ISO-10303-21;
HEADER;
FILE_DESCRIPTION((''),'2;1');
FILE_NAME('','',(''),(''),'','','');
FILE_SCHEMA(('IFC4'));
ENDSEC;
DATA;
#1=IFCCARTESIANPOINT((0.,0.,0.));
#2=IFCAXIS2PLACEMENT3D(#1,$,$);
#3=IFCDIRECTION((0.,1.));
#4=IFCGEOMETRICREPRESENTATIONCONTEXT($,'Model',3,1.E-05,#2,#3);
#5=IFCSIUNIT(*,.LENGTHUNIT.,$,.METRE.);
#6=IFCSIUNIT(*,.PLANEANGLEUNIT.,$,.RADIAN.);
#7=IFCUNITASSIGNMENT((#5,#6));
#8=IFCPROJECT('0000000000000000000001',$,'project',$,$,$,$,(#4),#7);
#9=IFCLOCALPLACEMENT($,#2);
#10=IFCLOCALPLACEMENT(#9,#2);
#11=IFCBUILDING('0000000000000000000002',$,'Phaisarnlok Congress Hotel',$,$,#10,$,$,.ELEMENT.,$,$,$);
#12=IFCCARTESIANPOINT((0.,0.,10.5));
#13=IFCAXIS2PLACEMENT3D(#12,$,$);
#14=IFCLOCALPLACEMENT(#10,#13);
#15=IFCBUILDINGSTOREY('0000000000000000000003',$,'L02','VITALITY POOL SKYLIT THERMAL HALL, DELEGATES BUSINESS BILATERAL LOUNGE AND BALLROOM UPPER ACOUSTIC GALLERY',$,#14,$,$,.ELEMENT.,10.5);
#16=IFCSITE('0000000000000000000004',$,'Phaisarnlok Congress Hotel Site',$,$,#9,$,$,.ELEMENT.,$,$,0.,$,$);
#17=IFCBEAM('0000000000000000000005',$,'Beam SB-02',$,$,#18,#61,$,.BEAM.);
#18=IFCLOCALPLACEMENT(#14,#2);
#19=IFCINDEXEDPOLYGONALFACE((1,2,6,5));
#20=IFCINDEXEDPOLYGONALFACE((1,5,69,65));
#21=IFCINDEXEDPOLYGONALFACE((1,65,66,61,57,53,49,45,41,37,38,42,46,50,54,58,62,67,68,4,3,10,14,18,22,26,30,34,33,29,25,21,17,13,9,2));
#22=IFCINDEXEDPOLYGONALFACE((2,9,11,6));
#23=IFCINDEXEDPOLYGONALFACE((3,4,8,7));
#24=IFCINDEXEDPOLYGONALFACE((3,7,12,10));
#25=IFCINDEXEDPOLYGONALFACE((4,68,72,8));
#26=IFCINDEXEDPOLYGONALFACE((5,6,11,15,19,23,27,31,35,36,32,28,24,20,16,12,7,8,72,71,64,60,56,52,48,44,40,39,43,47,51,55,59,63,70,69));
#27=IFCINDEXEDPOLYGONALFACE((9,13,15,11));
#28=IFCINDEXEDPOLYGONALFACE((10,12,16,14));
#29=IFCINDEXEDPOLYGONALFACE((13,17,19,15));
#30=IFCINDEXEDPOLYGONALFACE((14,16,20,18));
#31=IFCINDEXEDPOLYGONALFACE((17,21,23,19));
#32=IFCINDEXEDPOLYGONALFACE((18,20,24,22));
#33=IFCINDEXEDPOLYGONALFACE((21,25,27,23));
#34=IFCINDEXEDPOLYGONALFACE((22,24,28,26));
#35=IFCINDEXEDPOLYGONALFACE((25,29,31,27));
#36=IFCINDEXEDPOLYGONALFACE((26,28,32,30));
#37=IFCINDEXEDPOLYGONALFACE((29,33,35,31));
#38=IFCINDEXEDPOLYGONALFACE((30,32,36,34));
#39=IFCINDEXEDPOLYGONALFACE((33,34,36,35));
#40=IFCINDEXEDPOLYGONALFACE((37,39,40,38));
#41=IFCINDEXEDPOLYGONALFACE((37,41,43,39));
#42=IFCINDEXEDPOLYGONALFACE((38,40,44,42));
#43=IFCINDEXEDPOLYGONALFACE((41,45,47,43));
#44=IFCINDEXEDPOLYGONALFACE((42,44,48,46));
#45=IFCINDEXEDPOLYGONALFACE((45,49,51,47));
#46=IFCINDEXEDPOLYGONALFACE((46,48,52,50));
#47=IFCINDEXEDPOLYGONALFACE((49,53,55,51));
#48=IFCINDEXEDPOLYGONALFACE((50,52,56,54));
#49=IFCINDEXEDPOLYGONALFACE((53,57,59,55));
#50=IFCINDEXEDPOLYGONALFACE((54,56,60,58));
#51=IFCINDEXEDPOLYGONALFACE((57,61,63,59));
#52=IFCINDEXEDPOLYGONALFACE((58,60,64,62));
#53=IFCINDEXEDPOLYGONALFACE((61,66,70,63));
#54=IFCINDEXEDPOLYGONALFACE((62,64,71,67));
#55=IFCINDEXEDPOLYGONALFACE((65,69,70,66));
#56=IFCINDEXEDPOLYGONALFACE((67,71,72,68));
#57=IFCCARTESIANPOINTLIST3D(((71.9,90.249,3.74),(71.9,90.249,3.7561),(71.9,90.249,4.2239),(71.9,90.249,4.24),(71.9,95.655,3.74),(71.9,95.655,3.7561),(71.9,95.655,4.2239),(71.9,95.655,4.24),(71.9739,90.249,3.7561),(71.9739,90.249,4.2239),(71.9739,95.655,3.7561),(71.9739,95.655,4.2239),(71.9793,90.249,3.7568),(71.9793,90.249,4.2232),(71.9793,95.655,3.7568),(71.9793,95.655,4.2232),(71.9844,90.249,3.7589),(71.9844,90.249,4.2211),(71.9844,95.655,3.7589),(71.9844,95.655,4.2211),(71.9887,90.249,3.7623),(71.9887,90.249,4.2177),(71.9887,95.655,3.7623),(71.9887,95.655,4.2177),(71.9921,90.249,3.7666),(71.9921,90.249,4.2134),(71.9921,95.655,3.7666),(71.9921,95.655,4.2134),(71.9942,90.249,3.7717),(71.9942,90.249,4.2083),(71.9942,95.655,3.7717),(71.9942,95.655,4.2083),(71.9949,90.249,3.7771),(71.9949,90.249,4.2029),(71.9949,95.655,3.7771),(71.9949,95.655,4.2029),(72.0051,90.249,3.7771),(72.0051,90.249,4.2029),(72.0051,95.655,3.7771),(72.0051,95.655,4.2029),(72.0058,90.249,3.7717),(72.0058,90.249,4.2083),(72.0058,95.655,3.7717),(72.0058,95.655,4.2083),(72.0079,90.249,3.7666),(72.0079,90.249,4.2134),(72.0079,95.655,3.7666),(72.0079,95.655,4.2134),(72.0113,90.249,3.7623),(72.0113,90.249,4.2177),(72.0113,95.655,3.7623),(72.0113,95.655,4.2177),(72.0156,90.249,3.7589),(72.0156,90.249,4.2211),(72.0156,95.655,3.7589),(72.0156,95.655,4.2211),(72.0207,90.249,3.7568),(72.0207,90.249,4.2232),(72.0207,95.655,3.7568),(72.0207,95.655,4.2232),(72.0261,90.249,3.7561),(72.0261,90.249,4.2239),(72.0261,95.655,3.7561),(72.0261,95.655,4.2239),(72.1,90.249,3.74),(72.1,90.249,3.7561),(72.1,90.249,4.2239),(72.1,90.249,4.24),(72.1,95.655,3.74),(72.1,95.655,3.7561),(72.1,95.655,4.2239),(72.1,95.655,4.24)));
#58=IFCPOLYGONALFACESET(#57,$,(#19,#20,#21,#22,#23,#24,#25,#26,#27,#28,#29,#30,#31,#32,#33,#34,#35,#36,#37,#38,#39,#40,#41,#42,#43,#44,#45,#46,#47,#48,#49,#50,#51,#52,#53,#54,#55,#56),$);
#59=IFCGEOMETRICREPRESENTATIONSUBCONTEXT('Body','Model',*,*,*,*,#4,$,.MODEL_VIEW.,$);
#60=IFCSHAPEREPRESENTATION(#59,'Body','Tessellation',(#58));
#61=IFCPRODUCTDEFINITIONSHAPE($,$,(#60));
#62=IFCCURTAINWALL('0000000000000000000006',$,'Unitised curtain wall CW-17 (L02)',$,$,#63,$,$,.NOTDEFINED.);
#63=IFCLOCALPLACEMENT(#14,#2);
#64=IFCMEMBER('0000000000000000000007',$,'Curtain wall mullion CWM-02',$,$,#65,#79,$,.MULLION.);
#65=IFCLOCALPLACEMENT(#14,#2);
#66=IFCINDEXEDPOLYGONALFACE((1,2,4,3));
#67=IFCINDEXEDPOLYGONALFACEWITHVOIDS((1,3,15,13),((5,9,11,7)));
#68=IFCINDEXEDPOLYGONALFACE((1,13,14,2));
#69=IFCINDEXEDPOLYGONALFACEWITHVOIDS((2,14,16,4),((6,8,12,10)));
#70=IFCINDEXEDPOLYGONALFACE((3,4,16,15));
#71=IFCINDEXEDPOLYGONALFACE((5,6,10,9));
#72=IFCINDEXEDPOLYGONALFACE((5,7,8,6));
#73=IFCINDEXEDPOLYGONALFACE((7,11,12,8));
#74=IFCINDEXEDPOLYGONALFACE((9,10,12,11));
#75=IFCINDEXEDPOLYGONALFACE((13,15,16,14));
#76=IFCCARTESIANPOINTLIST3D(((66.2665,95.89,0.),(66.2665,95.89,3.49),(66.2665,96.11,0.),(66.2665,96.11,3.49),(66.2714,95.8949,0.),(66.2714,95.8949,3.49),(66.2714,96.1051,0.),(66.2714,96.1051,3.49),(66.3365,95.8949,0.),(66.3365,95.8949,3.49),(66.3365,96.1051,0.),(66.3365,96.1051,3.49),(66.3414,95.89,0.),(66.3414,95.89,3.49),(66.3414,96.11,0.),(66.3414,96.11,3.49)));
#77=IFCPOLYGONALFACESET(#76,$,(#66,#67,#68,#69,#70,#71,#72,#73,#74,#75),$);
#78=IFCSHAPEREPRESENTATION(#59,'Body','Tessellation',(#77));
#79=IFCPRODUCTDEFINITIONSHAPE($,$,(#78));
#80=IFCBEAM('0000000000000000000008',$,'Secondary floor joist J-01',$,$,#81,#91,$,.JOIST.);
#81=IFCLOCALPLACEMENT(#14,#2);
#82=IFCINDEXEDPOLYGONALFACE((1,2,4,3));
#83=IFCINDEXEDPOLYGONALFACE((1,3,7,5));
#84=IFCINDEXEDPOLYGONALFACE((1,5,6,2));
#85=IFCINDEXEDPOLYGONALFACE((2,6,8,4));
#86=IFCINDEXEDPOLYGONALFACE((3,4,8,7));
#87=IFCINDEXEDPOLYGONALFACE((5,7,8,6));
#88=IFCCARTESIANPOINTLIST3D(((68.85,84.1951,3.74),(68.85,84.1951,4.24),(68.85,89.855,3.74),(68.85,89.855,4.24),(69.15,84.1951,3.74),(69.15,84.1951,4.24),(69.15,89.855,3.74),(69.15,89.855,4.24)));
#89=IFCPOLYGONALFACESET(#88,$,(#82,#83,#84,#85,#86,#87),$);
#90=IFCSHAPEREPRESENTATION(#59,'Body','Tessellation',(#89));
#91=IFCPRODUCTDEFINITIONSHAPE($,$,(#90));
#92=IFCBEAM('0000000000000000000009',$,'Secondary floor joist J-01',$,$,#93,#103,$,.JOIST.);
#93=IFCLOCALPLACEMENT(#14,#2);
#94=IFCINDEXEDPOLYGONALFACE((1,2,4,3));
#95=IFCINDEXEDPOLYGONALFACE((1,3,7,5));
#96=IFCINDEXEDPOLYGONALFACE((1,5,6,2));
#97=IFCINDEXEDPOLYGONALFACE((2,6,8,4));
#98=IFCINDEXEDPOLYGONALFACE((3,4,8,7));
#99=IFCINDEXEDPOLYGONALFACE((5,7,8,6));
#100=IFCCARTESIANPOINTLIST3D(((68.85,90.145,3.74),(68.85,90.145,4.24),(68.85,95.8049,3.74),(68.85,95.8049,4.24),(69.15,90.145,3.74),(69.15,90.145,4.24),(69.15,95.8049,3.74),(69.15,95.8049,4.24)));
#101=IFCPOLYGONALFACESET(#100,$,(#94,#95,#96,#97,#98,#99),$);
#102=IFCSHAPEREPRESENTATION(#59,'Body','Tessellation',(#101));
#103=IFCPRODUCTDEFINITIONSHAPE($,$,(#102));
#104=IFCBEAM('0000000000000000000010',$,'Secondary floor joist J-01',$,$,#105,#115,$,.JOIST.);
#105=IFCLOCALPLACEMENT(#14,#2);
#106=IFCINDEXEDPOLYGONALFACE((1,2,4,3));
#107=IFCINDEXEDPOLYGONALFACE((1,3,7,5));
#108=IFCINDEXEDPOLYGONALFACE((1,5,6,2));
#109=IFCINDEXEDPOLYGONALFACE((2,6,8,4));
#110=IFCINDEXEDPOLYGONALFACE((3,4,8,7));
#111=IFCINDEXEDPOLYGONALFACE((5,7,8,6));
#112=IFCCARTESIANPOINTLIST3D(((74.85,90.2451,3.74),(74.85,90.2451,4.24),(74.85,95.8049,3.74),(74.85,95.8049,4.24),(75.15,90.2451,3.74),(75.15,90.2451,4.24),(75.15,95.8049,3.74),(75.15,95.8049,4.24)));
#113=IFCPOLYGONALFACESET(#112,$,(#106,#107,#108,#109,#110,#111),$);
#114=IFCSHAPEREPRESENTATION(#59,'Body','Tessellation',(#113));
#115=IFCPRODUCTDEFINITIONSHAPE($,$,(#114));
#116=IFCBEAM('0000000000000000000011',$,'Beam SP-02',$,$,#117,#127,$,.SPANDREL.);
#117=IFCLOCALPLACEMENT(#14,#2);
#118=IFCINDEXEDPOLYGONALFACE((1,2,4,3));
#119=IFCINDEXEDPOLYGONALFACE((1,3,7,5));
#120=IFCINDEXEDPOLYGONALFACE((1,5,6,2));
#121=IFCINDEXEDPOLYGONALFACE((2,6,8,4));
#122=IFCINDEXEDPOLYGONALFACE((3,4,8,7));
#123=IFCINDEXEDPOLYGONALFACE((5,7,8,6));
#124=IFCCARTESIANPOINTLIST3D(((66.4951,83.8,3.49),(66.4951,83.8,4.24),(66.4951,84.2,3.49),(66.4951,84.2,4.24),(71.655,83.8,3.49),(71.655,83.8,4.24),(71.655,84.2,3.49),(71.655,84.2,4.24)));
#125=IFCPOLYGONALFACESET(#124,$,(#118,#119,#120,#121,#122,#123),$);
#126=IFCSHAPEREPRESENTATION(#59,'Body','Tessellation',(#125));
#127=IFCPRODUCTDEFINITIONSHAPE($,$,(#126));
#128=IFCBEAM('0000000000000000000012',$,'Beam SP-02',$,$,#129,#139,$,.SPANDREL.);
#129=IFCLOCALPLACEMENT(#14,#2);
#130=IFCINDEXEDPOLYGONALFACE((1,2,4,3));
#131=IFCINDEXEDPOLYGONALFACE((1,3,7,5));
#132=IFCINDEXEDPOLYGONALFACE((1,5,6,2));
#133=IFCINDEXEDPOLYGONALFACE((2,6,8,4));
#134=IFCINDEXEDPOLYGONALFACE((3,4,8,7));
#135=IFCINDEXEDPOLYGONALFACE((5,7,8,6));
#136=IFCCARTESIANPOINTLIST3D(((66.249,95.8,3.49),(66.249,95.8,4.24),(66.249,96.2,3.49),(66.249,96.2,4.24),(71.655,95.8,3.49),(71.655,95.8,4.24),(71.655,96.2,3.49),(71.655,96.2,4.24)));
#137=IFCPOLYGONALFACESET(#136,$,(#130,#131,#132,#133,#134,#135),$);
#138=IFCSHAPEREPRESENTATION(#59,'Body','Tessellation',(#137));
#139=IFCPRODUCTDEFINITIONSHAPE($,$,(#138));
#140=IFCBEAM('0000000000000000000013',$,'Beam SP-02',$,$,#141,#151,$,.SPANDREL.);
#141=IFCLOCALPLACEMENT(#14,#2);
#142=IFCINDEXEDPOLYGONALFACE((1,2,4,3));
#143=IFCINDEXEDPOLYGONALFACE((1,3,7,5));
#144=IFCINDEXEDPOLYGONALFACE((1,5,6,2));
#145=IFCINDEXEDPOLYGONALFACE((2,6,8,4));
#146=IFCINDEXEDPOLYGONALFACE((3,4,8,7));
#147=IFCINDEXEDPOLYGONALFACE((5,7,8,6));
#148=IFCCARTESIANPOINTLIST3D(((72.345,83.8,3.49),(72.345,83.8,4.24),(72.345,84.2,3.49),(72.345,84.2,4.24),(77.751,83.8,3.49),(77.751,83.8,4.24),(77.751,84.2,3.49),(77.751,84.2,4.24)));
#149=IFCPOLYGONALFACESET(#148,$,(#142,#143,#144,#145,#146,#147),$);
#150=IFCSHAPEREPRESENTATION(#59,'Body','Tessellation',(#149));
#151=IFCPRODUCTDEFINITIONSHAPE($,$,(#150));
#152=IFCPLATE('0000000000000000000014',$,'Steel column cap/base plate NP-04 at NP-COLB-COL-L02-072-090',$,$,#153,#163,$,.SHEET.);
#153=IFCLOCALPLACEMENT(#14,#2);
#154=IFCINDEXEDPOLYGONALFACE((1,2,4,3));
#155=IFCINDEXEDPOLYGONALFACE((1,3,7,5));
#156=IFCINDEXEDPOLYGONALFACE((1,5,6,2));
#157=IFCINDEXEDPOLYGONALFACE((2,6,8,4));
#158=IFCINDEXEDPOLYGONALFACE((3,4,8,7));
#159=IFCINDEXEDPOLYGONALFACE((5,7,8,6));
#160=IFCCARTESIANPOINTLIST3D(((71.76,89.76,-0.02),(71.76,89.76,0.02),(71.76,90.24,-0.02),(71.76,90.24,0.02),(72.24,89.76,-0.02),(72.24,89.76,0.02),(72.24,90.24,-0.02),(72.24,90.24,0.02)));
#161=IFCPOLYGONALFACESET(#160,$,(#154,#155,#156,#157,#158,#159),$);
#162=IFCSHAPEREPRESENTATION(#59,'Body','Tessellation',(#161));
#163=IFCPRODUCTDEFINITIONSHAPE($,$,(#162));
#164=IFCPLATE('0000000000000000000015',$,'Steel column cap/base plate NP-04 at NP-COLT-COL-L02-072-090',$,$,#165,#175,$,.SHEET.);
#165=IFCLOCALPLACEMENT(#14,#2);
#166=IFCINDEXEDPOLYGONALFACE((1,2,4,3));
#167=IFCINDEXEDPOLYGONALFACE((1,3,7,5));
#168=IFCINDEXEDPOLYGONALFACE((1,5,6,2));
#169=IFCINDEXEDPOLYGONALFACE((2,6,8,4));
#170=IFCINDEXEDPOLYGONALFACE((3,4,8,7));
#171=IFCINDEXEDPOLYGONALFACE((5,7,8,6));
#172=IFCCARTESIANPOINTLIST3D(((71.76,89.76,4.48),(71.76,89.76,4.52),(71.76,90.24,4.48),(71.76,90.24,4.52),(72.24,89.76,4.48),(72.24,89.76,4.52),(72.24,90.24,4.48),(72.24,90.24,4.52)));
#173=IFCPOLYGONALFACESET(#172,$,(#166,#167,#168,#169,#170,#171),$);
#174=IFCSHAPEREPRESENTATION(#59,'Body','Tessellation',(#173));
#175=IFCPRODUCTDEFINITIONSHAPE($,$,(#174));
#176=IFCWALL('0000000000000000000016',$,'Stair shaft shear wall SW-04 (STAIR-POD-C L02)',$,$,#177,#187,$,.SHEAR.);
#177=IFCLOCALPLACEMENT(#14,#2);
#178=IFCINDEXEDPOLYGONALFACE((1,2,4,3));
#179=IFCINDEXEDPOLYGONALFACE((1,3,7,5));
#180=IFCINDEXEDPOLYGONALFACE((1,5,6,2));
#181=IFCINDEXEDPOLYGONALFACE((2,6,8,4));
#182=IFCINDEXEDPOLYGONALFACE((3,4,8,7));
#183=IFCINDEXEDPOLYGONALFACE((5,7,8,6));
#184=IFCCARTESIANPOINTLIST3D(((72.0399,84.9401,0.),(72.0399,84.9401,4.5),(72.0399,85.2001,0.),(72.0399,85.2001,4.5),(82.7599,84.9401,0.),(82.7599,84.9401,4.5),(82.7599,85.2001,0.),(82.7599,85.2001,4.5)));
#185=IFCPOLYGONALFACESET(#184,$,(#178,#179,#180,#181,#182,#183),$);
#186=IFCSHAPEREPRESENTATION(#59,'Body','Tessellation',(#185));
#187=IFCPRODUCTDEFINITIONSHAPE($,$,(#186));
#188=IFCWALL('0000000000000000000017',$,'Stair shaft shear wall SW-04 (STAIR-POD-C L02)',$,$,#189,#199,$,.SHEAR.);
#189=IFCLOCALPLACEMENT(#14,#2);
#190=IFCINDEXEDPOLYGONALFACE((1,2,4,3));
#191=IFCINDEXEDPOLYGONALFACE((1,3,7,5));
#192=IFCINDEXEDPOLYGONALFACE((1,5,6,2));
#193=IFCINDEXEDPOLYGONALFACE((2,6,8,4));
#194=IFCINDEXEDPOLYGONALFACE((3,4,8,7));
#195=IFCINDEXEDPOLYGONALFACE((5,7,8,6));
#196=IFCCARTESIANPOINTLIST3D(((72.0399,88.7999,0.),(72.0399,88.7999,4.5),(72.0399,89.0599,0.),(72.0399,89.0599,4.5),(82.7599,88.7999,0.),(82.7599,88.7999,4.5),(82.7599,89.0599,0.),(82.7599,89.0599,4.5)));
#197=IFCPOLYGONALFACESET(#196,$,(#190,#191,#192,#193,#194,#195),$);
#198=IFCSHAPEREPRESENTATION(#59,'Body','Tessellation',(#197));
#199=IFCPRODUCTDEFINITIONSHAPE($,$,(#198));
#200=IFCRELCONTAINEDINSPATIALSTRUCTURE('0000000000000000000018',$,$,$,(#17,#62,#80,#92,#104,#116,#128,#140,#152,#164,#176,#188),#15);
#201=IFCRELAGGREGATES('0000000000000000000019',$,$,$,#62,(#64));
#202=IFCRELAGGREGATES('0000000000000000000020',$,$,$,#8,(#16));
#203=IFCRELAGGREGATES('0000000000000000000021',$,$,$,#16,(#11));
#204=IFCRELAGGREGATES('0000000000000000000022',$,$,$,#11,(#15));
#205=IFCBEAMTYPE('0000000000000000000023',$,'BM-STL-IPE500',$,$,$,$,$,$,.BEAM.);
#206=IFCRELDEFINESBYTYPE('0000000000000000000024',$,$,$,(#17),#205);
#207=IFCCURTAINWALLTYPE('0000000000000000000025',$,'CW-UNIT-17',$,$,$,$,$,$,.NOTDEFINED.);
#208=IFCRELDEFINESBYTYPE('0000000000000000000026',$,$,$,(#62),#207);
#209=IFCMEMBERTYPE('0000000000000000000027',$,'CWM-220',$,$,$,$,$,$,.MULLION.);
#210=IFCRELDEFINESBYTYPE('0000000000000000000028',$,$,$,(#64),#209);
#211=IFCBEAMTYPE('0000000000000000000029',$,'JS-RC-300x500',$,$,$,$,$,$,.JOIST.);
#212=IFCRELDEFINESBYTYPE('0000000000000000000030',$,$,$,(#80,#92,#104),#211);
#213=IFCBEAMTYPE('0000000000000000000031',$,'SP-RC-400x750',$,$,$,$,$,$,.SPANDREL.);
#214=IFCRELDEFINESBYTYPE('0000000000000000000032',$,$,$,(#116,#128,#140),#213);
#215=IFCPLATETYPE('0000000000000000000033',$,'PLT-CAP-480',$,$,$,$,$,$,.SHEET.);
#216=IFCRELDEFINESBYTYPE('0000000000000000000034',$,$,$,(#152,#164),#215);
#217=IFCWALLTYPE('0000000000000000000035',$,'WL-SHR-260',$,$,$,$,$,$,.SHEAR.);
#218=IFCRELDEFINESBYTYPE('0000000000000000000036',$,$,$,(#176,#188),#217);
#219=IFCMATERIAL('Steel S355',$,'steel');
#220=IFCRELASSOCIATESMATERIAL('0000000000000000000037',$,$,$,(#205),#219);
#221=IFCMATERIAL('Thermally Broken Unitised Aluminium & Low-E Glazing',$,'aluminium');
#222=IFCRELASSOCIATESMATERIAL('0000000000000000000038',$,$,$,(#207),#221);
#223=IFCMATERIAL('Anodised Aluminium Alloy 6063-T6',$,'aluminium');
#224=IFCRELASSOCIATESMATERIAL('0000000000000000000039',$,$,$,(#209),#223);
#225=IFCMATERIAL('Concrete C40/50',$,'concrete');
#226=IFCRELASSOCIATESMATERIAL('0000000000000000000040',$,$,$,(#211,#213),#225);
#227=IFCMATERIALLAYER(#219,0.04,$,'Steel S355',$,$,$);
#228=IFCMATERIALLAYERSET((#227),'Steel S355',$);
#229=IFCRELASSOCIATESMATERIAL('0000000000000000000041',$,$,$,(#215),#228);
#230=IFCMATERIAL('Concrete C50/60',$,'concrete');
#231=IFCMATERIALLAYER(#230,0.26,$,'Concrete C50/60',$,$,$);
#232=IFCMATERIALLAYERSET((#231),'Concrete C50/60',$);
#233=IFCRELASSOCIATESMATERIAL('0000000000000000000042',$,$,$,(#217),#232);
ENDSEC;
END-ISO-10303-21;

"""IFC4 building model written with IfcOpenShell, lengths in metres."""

from ifc_helpers import new_model, si_unit, direction, frame, frame_2d, origin, origin_2d, place, context, subcontext, project, spatial, rectangle, hollow_rectangle, i_section, extrude, material, layer, layer_set, material_profile, profile_set, type_object, element, aggregate, save


model = new_model("IFC4")

# Units and contexts
model_context = context("Model", 3, precision=1e-05, world=origin(), true_north=direction((0.0, 1.0)))
body_context = subcontext(model_context, "Body", "Model", "MODEL_VIEW")
ifc_project = project(units=[si_unit("LENGTHUNIT", "METRE"), si_unit("PLANEANGLEUNIT", "RADIAN")], contexts=[model_context])

# Site, building, storey
site_placement = place(None, origin())
site = spatial("IfcSite", under=ifc_project, at=site_placement, Name="Phaisarnlok Congress Hotel Site", CompositionType="ELEMENT", RefElevation=0.0)
building_placement = place(site_placement, origin())
building = spatial("IfcBuilding", under=site, at=building_placement, Name="Phaisarnlok Congress Hotel", CompositionType="ELEMENT")
storey_placement = place(building_placement, frame((0.0, 0.0, 10.5)))
storey = spatial("IfcBuildingStorey", under=building, at=storey_placement, Name="L02", Description="VITALITY POOL SKYLIT THERMAL HALL, DELEGATES BUSINESS BILATERAL LOUNGE AND BALLROOM UPPER ACOUSTIC GALLERY", CompositionType="ELEMENT", Elevation=10.5)

# Shared definitions
ifc_material_1 = material(Name="Concrete C50/60", Category="concrete")
ifc_material_2 = material(Name="Steel S355", Category="steel")

# Beam
ifc_material_3 = material(Name="Concrete C40/50", Category="concrete")
ifc_material_profile_1 = material_profile(ifc_material_2, i_section(OverallWidth=0.2, OverallDepth=0.5, WebThickness=0.0103, FlangeThickness=0.0161, FilletRadius=0.021, at=origin_2d()), Name="IPE 500")
ifc_profile_set_1 = profile_set([ifc_material_profile_1], Name="Steel S355")
beam_type_1 = type_object("IfcBeamType", Name="BM-STL-IPE500", PredefinedType="BEAM", material=ifc_profile_set_1)
beam_1_placement = place(storey_placement, frame((72.0, 90.249, 3.99), z_axis=(0.0, 1.0, 0.0), x_axis=(-1.0, 0.0, 0.0)))
element("IfcBeam", 1, at=beam_1_placement, inside=storey, type_object=beam_type_1, Name="Beam SB-02", PredefinedType="BEAM", context=body_context, shape_type="SweptSolid", body=[
    extrude(i_section(OverallWidth=0.2, OverallDepth=0.5, WebThickness=0.0103, FlangeThickness=0.0161, FilletRadius=0.021, at=origin_2d()), origin(), (0.0, 0.0, 1.0), 5.406),
])

# Curtain wall, member
ifc_material_4 = material(Name="Thermally Broken Unitised Aluminium & Low-E Glazing", Category="aluminium")
curtain_wall_type = type_object("IfcCurtainWallType", Name="CW-UNIT-17", PredefinedType="NOTDEFINED", material=ifc_material_4)
curtain_wall_placement = place(storey_placement, origin())
curtain_wall = element("IfcCurtainWall", 2, at=curtain_wall_placement, inside=storey, type_object=curtain_wall_type, Name="Unitised curtain wall CW-17 (L02)", PredefinedType="NOTDEFINED")
ifc_material_5 = material(Name="Anodised Aluminium Alloy 6063-T6", Category="aluminium")
ifc_material_profile_2 = material_profile(ifc_material_5, hollow_rectangle(XDim=0.075, YDim=0.22, WallThickness=0.0049, at=origin_2d()), Name="ALU-M 75x220x5")
ifc_profile_set_2 = profile_set([ifc_material_profile_2], Name="Anodised Aluminium Alloy 6063-T6")
member_type = type_object("IfcMemberType", Name="CWM-220", PredefinedType="MULLION", material=ifc_profile_set_2)
member_placement = place(storey_placement, frame((66.304, 96.0, 0.0), z_axis=(0.0, 0.0, 1.0), x_axis=(-1.0, 0.0, 0.0)))
member = element("IfcMember", 3, at=member_placement, type_object=member_type, Name="Curtain wall mullion CWM-02", PredefinedType="MULLION", context=body_context, shape_type="SweptSolid", body=[
    extrude(hollow_rectangle(XDim=0.075, YDim=0.22, WallThickness=0.0049, at=origin_2d()), origin(), (0.0, 0.0, 1.0), 3.49),
])
aggregate(curtain_wall, [member])

# Beams
ifc_material_profile_3 = material_profile(ifc_material_3, rectangle(XDim=0.3, YDim=0.5, at=origin_2d()), Name="RC 300x500")
ifc_profile_set_3 = profile_set([ifc_material_profile_3], Name="Concrete C40/50")
beam_type_2 = type_object("IfcBeamType", Name="JS-RC-300x500", PredefinedType="JOIST", material=ifc_profile_set_3)
for number, where, z_axis, x_axis, name in (
    (4, (69.0, 84.1951, 3.99), (0.0, 1.0, 0.0), (-1.0, 0.0, 0.0), "Secondary floor joist J-01"),
    (5, (69.0, 90.145, 3.99), (0.0, 1.0, 0.0), (-1.0, 0.0, 0.0), "Secondary floor joist J-01"),
):
    element("IfcBeam", number, at=place(storey_placement, frame(where, z_axis=z_axis, x_axis=x_axis)), inside=storey, type_object=beam_type_2, Name=name, PredefinedType="JOIST", context=body_context, shape_type="SweptSolid", body=[
        extrude(rectangle(XDim=0.3, YDim=0.5, at=origin_2d()), origin(), (0.0, 0.0, 1.0), 5.6599),
    ])
beam_2_placement = place(storey_placement, frame((75.0, 90.2451, 3.99), z_axis=(0.0, 1.0, 0.0), x_axis=(-1.0, 0.0, 0.0)))
element("IfcBeam", 6, at=beam_2_placement, inside=storey, type_object=beam_type_2, Name="Secondary floor joist J-01", PredefinedType="JOIST", context=body_context, shape_type="SweptSolid", body=[
    extrude(rectangle(XDim=0.3, YDim=0.5, at=origin_2d()), origin(), (0.0, 0.0, 1.0), 5.5598),
])
ifc_material_profile_4 = material_profile(ifc_material_3, rectangle(XDim=0.3999, YDim=0.75, at=origin_2d()), Name="RC 400x750")
ifc_profile_set_4 = profile_set([ifc_material_profile_4], Name="Concrete C40/50")
beam_type_3 = type_object("IfcBeamType", Name="SP-RC-400x750", PredefinedType="SPANDREL", material=ifc_profile_set_4)
beam_3_placement = place(storey_placement, frame((66.4951, 84.0, 3.865), z_axis=(1.0, 0.0, 0.0), x_axis=(0.0, 1.0, 0.0)))
element("IfcBeam", 7, at=beam_3_placement, inside=storey, type_object=beam_type_3, Name="Beam SP-02", PredefinedType="SPANDREL", context=body_context, shape_type="SweptSolid", body=[
    extrude(rectangle(XDim=0.3999, YDim=0.75, at=origin_2d()), origin(), (0.0, 0.0, 1.0), 5.1599),
])
for number, where, z_axis, x_axis, name in (
    (8, (66.249, 96.0, 3.865), (1.0, 0.0, 0.0), (0.0, 1.0, 0.0), "Beam SP-02"),
    (9, (72.345, 84.0, 3.865), (1.0, 0.0, 0.0), (0.0, 1.0, 0.0), "Beam SP-02"),
):
    element("IfcBeam", number, at=place(storey_placement, frame(where, z_axis=z_axis, x_axis=x_axis)), inside=storey, type_object=beam_type_3, Name=name, PredefinedType="SPANDREL", context=body_context, shape_type="SweptSolid", body=[
        extrude(rectangle(XDim=0.3999, YDim=0.75, at=origin_2d()), origin(), (0.0, 0.0, 1.0), 5.406),
    ])

# Plates
ifc_layer_1 = layer(ifc_material_2, 0.04, Name="Steel S355")
ifc_layer_set_1 = layer_set([ifc_layer_1], Name="Steel S355")
plate_type = type_object("IfcPlateType", Name="PLT-CAP-480", PredefinedType="SHEET", material=ifc_layer_set_1)
for number, where, z_axis, x_axis, name in (
    (10, (72.0, 90.0, -0.02), (0.0, 0.0, 1.0), (1.0, 0.0, 0.0), "Steel column cap/base plate NP-04 at NP-COLB-COL-L02-072-090"),
    (11, (72.0, 90.0, 4.48), (0.0, 0.0, 1.0), (1.0, 0.0, 0.0), "Steel column cap/base plate NP-04 at NP-COLT-COL-L02-072-090"),
):
    element("IfcPlate", number, at=place(storey_placement, frame(where, z_axis=z_axis, x_axis=x_axis)), inside=storey, type_object=plate_type, Name=name, PredefinedType="SHEET", context=body_context, shape_type="SweptSolid", body=[
        extrude(rectangle(XDim=0.48, YDim=0.48, at=origin_2d()), origin(), (0.0, 0.0, 1.0), 0.04),
    ])

# Walls
ifc_layer_2 = layer(ifc_material_1, 0.26, Name="Concrete C50/60")
ifc_layer_set_2 = layer_set([ifc_layer_2], Name="Concrete C50/60")
wall_type = type_object("IfcWallType", Name="WL-SHR-260", PredefinedType="SHEAR", material=ifc_layer_set_2)
for number, where, z_axis, x_axis, name in (
    (12, (72.04, 85.0701, 0.0), (0.0, 0.0, 1.0), (1.0, 0.0, 0.0), "Stair shaft shear wall SW-04 (STAIR-POD-C L02)"),
    (13, (72.04, 88.9299, 0.0), (0.0, 0.0, 1.0), (1.0, 0.0, 0.0), "Stair shaft shear wall SW-04 (STAIR-POD-C L02)"),
):
    element("IfcWall", number, at=place(storey_placement, frame(where, z_axis=z_axis, x_axis=x_axis)), inside=storey, type_object=wall_type, Name=name, PredefinedType="SHEAR", context=body_context, shape_type="SweptSolid", body=[
        extrude(rectangle(XDim=10.72, YDim=0.26, at=frame_2d((5.3599, 0.0))), origin(), (0.0, 0.0, 1.0), 4.5),
    ])

save(model, "model.ifc")
